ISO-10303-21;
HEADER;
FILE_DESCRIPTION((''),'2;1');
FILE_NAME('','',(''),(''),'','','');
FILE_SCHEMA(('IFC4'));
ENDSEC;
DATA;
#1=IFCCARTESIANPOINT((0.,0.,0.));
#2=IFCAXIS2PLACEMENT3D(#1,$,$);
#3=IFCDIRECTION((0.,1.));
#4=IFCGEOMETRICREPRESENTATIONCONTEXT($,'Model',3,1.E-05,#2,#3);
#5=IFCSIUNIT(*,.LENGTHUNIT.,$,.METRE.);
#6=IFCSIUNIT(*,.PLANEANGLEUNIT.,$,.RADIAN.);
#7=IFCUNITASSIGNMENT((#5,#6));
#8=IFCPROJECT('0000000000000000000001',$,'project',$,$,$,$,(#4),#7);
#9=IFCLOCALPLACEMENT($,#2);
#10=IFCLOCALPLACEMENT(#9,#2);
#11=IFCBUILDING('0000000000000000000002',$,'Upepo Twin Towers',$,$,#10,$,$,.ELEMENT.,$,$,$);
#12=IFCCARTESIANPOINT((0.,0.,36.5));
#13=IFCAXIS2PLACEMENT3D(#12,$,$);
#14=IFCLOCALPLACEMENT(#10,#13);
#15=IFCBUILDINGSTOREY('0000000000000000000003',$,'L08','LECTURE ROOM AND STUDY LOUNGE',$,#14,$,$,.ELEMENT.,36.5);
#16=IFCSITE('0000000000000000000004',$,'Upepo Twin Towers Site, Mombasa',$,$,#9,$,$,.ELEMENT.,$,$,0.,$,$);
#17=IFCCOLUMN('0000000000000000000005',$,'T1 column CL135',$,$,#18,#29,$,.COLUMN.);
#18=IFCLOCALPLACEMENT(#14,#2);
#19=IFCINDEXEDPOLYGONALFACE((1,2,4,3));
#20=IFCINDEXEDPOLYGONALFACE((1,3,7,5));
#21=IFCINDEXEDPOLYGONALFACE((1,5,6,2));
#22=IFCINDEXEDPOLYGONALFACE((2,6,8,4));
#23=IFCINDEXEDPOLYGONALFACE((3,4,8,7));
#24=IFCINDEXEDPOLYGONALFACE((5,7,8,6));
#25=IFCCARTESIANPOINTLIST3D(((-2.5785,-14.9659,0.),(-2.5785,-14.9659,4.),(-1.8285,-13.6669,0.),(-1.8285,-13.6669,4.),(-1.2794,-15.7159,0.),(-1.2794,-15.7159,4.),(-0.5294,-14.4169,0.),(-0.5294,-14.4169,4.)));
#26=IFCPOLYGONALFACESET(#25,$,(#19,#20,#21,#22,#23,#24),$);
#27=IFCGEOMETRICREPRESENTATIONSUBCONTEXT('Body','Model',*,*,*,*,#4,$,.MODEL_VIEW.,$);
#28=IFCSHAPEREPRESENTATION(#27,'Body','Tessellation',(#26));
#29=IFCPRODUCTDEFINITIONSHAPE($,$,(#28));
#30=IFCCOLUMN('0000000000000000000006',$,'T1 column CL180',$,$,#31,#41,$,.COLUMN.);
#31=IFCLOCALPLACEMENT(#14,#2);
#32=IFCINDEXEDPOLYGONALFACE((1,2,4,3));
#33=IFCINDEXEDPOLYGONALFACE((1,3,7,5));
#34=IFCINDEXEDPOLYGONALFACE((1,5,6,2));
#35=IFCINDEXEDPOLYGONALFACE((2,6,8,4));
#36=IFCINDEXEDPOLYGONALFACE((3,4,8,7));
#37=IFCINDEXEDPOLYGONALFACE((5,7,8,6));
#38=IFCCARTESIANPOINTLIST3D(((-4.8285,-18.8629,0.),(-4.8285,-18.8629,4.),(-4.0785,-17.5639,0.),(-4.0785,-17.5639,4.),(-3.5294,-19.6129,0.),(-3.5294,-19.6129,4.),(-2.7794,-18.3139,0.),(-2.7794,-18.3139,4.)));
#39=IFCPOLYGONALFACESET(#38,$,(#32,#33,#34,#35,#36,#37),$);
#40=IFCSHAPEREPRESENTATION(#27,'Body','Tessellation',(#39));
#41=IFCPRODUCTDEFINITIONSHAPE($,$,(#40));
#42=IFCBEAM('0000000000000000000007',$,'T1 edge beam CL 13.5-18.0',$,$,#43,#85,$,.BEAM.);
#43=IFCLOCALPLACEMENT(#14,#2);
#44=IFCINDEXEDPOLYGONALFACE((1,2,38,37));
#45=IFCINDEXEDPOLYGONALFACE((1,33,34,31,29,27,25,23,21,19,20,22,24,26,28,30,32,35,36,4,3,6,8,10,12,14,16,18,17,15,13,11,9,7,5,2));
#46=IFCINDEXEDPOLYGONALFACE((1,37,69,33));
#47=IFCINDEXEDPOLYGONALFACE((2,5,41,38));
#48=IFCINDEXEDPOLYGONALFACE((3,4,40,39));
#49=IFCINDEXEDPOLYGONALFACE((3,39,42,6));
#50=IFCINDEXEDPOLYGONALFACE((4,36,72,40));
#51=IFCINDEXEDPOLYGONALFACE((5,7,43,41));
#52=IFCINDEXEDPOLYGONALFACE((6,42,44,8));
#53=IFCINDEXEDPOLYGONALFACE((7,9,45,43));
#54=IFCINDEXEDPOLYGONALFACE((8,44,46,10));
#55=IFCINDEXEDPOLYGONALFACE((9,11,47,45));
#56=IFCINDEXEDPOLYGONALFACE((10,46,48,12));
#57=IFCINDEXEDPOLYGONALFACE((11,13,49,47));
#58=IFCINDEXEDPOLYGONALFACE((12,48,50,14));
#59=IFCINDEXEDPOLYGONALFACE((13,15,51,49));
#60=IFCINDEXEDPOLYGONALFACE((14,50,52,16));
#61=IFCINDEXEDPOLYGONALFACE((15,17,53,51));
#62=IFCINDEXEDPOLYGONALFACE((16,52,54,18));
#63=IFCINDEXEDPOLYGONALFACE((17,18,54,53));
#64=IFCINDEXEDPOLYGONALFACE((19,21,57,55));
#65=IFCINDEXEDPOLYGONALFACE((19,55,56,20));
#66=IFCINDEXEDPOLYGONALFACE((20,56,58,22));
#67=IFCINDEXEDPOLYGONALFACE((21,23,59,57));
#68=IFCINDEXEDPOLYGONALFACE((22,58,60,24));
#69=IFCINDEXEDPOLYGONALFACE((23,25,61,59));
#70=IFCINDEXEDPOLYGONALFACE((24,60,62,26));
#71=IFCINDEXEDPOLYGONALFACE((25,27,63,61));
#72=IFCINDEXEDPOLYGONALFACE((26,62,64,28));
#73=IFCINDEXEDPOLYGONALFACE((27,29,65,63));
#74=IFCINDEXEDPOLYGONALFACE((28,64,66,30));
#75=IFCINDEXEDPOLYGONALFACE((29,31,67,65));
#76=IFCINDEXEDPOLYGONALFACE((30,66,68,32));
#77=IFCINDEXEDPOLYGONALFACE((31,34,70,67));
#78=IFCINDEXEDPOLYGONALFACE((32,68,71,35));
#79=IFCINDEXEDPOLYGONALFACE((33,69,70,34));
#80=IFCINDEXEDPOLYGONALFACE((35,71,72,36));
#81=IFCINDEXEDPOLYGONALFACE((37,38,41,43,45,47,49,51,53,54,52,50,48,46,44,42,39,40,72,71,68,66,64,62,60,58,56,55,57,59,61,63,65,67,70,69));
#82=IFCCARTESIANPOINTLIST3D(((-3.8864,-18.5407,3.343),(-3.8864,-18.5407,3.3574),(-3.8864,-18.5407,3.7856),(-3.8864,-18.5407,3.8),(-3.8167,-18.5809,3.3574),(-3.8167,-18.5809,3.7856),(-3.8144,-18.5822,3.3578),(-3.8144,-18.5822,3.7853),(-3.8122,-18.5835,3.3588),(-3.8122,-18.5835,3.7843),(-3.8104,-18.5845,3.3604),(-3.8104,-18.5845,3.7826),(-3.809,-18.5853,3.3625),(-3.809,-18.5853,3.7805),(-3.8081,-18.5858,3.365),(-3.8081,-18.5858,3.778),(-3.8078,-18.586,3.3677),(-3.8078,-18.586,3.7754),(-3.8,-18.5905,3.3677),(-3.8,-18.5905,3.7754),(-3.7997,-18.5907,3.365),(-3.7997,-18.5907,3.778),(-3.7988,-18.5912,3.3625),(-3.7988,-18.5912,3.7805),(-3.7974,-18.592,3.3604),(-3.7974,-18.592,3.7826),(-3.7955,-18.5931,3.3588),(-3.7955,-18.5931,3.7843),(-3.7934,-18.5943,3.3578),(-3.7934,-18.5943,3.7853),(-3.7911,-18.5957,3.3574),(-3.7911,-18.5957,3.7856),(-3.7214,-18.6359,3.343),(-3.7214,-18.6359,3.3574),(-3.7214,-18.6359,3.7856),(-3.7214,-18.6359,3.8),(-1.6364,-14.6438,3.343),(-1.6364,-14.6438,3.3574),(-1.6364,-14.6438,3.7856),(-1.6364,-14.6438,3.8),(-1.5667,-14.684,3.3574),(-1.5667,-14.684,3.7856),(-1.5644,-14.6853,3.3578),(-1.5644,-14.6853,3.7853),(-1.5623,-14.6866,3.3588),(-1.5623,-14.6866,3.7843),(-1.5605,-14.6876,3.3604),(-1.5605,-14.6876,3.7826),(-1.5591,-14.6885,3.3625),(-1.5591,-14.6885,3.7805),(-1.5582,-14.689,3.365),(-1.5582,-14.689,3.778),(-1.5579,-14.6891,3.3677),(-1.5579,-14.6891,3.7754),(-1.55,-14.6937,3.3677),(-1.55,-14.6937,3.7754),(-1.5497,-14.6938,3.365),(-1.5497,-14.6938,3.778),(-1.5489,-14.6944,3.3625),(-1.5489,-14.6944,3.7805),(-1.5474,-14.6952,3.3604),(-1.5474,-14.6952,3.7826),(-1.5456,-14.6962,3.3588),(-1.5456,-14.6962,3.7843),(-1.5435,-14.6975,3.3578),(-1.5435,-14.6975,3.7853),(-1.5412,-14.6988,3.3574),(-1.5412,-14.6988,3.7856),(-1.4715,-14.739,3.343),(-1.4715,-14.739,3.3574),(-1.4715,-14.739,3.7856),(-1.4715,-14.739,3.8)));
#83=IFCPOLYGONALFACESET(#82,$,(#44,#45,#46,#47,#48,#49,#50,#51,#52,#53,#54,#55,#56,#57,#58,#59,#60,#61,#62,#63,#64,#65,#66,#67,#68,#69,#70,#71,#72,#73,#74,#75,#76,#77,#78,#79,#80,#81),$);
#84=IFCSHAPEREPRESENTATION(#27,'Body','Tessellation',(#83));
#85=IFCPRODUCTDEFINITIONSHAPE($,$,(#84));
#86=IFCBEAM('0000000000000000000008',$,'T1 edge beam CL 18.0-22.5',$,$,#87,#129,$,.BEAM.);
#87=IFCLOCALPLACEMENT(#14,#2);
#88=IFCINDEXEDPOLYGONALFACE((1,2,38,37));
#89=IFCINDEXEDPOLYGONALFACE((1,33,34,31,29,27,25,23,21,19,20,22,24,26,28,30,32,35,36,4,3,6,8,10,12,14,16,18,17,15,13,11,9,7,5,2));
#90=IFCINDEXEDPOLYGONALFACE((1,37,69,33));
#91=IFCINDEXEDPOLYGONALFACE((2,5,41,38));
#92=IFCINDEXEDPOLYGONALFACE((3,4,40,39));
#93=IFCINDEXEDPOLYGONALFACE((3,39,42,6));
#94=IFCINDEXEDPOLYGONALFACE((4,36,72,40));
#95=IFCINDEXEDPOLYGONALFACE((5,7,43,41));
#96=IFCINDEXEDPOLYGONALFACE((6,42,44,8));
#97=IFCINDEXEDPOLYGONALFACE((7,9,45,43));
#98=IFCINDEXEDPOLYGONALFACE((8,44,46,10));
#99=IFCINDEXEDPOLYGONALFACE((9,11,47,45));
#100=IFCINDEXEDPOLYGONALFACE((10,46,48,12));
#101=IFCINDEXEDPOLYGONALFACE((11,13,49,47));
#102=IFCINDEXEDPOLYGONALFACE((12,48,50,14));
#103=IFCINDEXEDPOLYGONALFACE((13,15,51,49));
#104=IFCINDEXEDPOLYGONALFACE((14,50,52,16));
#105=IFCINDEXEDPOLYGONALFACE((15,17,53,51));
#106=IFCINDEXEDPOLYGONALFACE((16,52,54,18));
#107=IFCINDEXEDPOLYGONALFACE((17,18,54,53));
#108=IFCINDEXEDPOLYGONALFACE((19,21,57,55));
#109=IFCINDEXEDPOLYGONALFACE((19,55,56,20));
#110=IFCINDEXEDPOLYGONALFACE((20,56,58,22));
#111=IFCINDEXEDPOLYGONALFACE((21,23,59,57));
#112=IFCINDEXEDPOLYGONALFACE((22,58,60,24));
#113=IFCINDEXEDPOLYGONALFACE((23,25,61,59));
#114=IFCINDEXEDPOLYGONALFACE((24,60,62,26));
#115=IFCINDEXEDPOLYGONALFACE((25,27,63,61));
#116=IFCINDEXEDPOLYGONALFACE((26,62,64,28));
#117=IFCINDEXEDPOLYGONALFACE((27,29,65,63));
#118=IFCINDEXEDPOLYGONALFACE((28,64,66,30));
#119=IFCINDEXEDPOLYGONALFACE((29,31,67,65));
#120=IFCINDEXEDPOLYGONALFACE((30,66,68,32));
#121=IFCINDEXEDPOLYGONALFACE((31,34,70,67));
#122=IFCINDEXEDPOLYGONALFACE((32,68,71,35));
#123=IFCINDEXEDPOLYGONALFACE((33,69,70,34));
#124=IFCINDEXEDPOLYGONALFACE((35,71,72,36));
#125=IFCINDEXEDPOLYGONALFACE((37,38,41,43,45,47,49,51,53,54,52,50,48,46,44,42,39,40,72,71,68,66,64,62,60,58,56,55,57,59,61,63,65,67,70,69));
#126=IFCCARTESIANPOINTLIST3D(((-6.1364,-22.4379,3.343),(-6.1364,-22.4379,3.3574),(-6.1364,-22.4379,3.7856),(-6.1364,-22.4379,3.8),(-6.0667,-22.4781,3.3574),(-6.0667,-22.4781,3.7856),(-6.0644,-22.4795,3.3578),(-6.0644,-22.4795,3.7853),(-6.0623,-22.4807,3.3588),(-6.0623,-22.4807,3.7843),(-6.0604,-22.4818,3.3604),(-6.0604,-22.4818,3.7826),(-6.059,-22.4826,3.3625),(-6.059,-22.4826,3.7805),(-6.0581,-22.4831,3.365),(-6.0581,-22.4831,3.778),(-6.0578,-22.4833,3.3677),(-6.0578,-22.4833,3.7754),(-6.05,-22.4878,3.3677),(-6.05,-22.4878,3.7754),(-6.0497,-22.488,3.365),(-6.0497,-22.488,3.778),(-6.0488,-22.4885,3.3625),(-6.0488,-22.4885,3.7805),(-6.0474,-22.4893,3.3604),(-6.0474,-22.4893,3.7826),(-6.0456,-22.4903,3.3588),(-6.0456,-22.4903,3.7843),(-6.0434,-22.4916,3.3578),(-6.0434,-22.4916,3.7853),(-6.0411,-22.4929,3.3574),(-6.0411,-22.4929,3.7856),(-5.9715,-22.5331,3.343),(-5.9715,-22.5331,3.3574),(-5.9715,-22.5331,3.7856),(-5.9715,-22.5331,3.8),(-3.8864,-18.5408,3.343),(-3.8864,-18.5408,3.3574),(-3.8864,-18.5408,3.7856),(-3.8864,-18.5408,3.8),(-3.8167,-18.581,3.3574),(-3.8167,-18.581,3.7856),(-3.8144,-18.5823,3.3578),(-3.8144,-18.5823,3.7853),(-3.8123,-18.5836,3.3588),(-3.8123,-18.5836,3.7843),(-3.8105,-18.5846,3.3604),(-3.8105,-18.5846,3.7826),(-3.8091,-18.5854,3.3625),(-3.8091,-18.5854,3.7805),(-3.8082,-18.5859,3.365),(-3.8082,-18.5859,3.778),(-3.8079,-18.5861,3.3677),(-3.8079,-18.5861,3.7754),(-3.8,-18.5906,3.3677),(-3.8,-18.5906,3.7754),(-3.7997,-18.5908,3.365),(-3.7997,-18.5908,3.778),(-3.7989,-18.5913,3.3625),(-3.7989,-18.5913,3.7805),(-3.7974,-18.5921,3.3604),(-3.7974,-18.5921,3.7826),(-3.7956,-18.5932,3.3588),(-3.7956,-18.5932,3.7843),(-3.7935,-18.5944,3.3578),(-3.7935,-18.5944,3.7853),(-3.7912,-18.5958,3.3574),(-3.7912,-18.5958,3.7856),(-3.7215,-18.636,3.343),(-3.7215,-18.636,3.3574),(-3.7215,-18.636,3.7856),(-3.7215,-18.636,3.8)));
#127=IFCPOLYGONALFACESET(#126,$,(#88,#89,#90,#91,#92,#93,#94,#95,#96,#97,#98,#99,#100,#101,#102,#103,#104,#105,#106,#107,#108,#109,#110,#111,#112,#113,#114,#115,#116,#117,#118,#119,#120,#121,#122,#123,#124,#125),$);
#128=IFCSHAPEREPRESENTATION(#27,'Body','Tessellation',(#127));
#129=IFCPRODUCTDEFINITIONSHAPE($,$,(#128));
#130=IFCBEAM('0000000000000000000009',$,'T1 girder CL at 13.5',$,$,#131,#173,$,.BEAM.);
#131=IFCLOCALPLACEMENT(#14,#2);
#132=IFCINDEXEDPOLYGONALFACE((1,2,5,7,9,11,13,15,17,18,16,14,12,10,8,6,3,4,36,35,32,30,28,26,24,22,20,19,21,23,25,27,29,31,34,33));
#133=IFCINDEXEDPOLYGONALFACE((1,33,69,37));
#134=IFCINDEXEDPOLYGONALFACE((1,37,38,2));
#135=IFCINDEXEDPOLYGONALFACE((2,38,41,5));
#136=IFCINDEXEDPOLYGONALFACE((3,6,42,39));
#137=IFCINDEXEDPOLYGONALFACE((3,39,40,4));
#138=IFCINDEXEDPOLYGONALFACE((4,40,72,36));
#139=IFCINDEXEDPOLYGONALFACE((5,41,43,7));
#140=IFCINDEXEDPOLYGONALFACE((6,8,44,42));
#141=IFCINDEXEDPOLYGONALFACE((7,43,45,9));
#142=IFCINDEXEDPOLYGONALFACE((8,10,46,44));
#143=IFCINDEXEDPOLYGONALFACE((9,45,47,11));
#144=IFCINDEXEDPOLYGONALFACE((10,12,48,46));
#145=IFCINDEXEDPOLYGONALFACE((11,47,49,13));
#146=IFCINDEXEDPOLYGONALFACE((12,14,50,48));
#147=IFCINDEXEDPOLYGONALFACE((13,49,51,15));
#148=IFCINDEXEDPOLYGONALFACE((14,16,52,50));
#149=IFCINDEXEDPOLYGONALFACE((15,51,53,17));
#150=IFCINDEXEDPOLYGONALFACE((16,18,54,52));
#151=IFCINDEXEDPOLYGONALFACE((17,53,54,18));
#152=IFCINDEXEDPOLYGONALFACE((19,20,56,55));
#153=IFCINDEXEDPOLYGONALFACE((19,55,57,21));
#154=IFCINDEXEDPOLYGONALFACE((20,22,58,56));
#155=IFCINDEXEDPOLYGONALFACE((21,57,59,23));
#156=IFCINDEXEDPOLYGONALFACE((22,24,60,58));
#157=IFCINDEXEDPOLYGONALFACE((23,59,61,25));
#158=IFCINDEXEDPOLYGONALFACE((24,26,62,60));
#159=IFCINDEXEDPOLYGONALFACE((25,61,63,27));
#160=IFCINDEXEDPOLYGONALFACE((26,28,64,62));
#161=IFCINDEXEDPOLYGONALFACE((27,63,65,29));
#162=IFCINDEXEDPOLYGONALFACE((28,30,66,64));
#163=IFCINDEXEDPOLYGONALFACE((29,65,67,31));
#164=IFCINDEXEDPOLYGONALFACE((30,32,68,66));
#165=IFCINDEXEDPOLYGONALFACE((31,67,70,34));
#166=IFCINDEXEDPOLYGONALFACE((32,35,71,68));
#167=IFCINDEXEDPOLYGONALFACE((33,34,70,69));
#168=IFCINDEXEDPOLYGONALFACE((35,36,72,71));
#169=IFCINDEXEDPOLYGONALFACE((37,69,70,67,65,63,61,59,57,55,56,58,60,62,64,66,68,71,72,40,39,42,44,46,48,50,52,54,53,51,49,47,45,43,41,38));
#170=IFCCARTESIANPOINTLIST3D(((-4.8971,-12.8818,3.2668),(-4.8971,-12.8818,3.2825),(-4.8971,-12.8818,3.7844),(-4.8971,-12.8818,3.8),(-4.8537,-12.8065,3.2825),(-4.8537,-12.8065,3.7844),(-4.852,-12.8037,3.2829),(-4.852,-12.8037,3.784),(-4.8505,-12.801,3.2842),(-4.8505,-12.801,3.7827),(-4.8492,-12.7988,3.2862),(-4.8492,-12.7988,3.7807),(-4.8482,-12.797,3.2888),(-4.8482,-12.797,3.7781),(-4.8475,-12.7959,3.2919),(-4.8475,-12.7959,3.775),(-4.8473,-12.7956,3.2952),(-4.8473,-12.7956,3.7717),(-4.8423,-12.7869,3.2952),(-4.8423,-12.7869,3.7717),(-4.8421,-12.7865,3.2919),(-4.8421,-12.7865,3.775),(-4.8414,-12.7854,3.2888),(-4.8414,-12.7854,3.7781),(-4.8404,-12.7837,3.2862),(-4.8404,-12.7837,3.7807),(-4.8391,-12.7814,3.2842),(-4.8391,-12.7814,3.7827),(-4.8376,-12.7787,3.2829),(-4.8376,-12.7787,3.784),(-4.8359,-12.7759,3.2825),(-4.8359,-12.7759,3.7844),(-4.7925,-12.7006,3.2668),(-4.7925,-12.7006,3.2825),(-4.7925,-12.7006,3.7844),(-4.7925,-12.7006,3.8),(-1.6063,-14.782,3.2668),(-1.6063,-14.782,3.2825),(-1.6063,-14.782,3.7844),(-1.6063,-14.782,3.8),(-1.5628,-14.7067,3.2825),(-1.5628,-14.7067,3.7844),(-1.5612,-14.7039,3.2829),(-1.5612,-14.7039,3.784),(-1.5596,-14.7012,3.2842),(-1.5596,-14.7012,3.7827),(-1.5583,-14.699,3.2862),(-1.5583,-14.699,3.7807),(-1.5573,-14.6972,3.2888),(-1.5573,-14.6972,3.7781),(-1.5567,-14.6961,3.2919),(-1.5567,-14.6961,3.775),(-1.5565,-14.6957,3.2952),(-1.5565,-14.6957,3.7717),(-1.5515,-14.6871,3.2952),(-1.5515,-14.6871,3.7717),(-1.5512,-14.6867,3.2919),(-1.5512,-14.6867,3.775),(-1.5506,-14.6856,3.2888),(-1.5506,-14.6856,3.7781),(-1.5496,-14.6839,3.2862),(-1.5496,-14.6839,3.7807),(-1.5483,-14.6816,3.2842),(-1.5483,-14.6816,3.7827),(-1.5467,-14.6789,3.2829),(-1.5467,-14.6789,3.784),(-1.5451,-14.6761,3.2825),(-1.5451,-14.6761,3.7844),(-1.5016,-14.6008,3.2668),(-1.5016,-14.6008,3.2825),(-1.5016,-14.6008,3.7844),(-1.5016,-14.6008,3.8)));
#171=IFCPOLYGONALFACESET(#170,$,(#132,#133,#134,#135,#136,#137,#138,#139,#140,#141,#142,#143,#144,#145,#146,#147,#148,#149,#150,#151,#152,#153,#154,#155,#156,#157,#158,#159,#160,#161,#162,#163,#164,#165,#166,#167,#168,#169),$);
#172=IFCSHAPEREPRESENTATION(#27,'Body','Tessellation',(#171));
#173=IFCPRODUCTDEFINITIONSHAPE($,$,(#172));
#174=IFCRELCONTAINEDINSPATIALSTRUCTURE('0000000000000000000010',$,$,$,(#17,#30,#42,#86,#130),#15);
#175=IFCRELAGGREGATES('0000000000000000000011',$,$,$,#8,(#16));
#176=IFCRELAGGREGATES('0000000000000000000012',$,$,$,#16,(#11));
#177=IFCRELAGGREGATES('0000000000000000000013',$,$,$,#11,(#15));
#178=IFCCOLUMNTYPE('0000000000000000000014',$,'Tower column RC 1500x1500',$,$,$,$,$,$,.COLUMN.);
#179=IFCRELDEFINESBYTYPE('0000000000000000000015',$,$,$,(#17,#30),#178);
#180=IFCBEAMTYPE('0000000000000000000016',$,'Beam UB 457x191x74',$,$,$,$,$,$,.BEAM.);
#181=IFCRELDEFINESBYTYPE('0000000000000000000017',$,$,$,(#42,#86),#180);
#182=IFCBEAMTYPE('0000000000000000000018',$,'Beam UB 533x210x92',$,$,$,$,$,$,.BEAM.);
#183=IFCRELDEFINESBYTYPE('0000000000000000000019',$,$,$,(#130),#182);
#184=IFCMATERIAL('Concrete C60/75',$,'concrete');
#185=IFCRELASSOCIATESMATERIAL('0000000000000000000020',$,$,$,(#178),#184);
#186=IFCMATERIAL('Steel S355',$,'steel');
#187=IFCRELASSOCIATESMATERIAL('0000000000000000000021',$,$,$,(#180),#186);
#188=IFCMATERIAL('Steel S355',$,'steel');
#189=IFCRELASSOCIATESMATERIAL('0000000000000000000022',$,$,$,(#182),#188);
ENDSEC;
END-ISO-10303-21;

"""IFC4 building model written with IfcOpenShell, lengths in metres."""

from ifc_helpers import new_model, si_unit, direction, frame, origin, origin_2d, place, context, subcontext, project, spatial, rectangle, i_section, extrude, material, material_profile, profile_set, type_object, element, save


model = new_model("IFC4")

# Units and contexts
model_context = context("Model", 3, precision=1e-05, world=origin(), true_north=direction((0.0, 1.0)))
body_context = subcontext(model_context, "Body", "Model", "MODEL_VIEW")
ifc_project = project(units=[si_unit("LENGTHUNIT", "METRE"), si_unit("PLANEANGLEUNIT", "RADIAN")], contexts=[model_context])

# Site, building, storey
site_placement = place(None, origin())
site = spatial("IfcSite", under=ifc_project, at=site_placement, Name="Upepo Twin Towers Site, Mombasa", CompositionType="ELEMENT", RefElevation=0.0)
building_placement = place(site_placement, origin())
building = spatial("IfcBuilding", under=site, at=building_placement, Name="Upepo Twin Towers", CompositionType="ELEMENT")
storey_placement = place(building_placement, frame((0.0, 0.0, 36.5)))
storey = spatial("IfcBuildingStorey", under=building, at=storey_placement, Name="L08", Description="LECTURE ROOM AND STUDY LOUNGE", CompositionType="ELEMENT", Elevation=36.5)

# Columns
ifc_material_1 = material(Name="Concrete C60/75", Category="concrete")
ifc_material_profile_1 = material_profile(ifc_material_1, rectangle(XDim=1.5, YDim=1.5, at=origin_2d()), Name="RC 1500x1500")
ifc_profile_set_1 = profile_set([ifc_material_profile_1], Name="Concrete C60/75")
column_type = type_object("IfcColumnType", Name="Tower column RC 1500x1500", PredefinedType="COLUMN", material=ifc_profile_set_1)
for number, where, z_axis, x_axis, name in (
    (1, (-1.554, -14.6914, 0.0), (0.0, 0.0, 1.0), (0.5, 0.866025, 0.0), "T1 column CL135"),
    (2, (-3.804, -18.5884, 0.0), (0.0, 0.0, 1.0), (0.5, 0.866025, 0.0), "T1 column CL180"),
):
    element("IfcColumn", number, at=place(storey_placement, frame(where, z_axis=z_axis, x_axis=x_axis)), inside=storey, type_object=column_type, Name=name, PredefinedType="COLUMN", context=body_context, shape_type="SweptSolid", body=[
        extrude(rectangle(XDim=1.5, YDim=1.5, at=origin_2d()), origin(), (0.0, 0.0, 1.0), 4.0),
    ])

# Beams
ifc_material_2 = material(Name="Steel S355", Category="steel")
ifc_material_profile_2 = material_profile(ifc_material_2, i_section(OverallWidth=0.1904, OverallDepth=0.457, WebThickness=0.009, FlangeThickness=0.0144, FilletRadius=0.0103, at=origin_2d()), Name="UB 457x191x74")
ifc_profile_set_2 = profile_set([ifc_material_profile_2], Name="Steel S355")
beam_type_1 = type_object("IfcBeamType", Name="Beam UB 457x191x74", PredefinedType="BEAM", material=ifc_profile_set_2)
beam_1_placement = place(storey_placement, frame((-1.554, -14.6914, 3.5715), z_axis=(-0.500014, -0.866018, 0.0), x_axis=(0.866018, -0.500014, 0.0)))
element("IfcBeam", 3, at=beam_1_placement, inside=storey, type_object=beam_type_1, Name="T1 edge beam CL 13.5-18.0", PredefinedType="BEAM", context=body_context, shape_type="SweptSolid", body=[
    extrude(i_section(OverallWidth=0.1904, OverallDepth=0.457, WebThickness=0.009, FlangeThickness=0.0144, FilletRadius=0.0103, at=origin_2d()), origin(), (0.0, 0.0, 1.0), 4.4998),
])
beam_2_placement = place(storey_placement, frame((-3.804, -18.5884, 3.5715), z_axis=(-0.49999, -0.866031, 0.0), x_axis=(0.866031, -0.49999, 0.0)))
element("IfcBeam", 4, at=beam_2_placement, inside=storey, type_object=beam_type_1, Name="T1 edge beam CL 18.0-22.5", PredefinedType="BEAM", context=body_context, shape_type="SweptSolid", body=[
    extrude(i_section(OverallWidth=0.1904, OverallDepth=0.457, WebThickness=0.009, FlangeThickness=0.0144, FilletRadius=0.0103, at=origin_2d()), origin(), (0.0, 0.0, 1.0), 4.5),
])
ifc_material_3 = material(Name="Steel S355", Category="steel")
ifc_material_profile_3 = material_profile(ifc_material_3, i_section(OverallWidth=0.2092, OverallDepth=0.5332, WebThickness=0.01, FlangeThickness=0.0156, FilletRadius=0.0127, at=origin_2d()), Name="UB 533x210x92")
ifc_profile_set_3 = profile_set([ifc_material_profile_3], Name="Steel S355")
beam_type_2 = type_object("IfcBeamType", Name="Beam UB 533x210x92", PredefinedType="BEAM", material=ifc_profile_set_3)
beam_3_placement = place(storey_placement, frame((-1.554, -14.6914, 3.5334), z_axis=(-0.866, 0.500043, 0.0), x_axis=(-0.500043, -0.866, 0.0)))
element("IfcBeam", 5, at=beam_3_placement, inside=storey, type_object=beam_type_2, Name="T1 girder CL at 13.5", PredefinedType="BEAM", context=body_context, shape_type="SweptSolid", body=[
    extrude(i_section(OverallWidth=0.2092, OverallDepth=0.5332, WebThickness=0.01, FlangeThickness=0.0156, FilletRadius=0.0127, at=origin_2d()), origin(), (0.0, 0.0, 1.0), 3.8),
])

save(model, "model.ifc")
